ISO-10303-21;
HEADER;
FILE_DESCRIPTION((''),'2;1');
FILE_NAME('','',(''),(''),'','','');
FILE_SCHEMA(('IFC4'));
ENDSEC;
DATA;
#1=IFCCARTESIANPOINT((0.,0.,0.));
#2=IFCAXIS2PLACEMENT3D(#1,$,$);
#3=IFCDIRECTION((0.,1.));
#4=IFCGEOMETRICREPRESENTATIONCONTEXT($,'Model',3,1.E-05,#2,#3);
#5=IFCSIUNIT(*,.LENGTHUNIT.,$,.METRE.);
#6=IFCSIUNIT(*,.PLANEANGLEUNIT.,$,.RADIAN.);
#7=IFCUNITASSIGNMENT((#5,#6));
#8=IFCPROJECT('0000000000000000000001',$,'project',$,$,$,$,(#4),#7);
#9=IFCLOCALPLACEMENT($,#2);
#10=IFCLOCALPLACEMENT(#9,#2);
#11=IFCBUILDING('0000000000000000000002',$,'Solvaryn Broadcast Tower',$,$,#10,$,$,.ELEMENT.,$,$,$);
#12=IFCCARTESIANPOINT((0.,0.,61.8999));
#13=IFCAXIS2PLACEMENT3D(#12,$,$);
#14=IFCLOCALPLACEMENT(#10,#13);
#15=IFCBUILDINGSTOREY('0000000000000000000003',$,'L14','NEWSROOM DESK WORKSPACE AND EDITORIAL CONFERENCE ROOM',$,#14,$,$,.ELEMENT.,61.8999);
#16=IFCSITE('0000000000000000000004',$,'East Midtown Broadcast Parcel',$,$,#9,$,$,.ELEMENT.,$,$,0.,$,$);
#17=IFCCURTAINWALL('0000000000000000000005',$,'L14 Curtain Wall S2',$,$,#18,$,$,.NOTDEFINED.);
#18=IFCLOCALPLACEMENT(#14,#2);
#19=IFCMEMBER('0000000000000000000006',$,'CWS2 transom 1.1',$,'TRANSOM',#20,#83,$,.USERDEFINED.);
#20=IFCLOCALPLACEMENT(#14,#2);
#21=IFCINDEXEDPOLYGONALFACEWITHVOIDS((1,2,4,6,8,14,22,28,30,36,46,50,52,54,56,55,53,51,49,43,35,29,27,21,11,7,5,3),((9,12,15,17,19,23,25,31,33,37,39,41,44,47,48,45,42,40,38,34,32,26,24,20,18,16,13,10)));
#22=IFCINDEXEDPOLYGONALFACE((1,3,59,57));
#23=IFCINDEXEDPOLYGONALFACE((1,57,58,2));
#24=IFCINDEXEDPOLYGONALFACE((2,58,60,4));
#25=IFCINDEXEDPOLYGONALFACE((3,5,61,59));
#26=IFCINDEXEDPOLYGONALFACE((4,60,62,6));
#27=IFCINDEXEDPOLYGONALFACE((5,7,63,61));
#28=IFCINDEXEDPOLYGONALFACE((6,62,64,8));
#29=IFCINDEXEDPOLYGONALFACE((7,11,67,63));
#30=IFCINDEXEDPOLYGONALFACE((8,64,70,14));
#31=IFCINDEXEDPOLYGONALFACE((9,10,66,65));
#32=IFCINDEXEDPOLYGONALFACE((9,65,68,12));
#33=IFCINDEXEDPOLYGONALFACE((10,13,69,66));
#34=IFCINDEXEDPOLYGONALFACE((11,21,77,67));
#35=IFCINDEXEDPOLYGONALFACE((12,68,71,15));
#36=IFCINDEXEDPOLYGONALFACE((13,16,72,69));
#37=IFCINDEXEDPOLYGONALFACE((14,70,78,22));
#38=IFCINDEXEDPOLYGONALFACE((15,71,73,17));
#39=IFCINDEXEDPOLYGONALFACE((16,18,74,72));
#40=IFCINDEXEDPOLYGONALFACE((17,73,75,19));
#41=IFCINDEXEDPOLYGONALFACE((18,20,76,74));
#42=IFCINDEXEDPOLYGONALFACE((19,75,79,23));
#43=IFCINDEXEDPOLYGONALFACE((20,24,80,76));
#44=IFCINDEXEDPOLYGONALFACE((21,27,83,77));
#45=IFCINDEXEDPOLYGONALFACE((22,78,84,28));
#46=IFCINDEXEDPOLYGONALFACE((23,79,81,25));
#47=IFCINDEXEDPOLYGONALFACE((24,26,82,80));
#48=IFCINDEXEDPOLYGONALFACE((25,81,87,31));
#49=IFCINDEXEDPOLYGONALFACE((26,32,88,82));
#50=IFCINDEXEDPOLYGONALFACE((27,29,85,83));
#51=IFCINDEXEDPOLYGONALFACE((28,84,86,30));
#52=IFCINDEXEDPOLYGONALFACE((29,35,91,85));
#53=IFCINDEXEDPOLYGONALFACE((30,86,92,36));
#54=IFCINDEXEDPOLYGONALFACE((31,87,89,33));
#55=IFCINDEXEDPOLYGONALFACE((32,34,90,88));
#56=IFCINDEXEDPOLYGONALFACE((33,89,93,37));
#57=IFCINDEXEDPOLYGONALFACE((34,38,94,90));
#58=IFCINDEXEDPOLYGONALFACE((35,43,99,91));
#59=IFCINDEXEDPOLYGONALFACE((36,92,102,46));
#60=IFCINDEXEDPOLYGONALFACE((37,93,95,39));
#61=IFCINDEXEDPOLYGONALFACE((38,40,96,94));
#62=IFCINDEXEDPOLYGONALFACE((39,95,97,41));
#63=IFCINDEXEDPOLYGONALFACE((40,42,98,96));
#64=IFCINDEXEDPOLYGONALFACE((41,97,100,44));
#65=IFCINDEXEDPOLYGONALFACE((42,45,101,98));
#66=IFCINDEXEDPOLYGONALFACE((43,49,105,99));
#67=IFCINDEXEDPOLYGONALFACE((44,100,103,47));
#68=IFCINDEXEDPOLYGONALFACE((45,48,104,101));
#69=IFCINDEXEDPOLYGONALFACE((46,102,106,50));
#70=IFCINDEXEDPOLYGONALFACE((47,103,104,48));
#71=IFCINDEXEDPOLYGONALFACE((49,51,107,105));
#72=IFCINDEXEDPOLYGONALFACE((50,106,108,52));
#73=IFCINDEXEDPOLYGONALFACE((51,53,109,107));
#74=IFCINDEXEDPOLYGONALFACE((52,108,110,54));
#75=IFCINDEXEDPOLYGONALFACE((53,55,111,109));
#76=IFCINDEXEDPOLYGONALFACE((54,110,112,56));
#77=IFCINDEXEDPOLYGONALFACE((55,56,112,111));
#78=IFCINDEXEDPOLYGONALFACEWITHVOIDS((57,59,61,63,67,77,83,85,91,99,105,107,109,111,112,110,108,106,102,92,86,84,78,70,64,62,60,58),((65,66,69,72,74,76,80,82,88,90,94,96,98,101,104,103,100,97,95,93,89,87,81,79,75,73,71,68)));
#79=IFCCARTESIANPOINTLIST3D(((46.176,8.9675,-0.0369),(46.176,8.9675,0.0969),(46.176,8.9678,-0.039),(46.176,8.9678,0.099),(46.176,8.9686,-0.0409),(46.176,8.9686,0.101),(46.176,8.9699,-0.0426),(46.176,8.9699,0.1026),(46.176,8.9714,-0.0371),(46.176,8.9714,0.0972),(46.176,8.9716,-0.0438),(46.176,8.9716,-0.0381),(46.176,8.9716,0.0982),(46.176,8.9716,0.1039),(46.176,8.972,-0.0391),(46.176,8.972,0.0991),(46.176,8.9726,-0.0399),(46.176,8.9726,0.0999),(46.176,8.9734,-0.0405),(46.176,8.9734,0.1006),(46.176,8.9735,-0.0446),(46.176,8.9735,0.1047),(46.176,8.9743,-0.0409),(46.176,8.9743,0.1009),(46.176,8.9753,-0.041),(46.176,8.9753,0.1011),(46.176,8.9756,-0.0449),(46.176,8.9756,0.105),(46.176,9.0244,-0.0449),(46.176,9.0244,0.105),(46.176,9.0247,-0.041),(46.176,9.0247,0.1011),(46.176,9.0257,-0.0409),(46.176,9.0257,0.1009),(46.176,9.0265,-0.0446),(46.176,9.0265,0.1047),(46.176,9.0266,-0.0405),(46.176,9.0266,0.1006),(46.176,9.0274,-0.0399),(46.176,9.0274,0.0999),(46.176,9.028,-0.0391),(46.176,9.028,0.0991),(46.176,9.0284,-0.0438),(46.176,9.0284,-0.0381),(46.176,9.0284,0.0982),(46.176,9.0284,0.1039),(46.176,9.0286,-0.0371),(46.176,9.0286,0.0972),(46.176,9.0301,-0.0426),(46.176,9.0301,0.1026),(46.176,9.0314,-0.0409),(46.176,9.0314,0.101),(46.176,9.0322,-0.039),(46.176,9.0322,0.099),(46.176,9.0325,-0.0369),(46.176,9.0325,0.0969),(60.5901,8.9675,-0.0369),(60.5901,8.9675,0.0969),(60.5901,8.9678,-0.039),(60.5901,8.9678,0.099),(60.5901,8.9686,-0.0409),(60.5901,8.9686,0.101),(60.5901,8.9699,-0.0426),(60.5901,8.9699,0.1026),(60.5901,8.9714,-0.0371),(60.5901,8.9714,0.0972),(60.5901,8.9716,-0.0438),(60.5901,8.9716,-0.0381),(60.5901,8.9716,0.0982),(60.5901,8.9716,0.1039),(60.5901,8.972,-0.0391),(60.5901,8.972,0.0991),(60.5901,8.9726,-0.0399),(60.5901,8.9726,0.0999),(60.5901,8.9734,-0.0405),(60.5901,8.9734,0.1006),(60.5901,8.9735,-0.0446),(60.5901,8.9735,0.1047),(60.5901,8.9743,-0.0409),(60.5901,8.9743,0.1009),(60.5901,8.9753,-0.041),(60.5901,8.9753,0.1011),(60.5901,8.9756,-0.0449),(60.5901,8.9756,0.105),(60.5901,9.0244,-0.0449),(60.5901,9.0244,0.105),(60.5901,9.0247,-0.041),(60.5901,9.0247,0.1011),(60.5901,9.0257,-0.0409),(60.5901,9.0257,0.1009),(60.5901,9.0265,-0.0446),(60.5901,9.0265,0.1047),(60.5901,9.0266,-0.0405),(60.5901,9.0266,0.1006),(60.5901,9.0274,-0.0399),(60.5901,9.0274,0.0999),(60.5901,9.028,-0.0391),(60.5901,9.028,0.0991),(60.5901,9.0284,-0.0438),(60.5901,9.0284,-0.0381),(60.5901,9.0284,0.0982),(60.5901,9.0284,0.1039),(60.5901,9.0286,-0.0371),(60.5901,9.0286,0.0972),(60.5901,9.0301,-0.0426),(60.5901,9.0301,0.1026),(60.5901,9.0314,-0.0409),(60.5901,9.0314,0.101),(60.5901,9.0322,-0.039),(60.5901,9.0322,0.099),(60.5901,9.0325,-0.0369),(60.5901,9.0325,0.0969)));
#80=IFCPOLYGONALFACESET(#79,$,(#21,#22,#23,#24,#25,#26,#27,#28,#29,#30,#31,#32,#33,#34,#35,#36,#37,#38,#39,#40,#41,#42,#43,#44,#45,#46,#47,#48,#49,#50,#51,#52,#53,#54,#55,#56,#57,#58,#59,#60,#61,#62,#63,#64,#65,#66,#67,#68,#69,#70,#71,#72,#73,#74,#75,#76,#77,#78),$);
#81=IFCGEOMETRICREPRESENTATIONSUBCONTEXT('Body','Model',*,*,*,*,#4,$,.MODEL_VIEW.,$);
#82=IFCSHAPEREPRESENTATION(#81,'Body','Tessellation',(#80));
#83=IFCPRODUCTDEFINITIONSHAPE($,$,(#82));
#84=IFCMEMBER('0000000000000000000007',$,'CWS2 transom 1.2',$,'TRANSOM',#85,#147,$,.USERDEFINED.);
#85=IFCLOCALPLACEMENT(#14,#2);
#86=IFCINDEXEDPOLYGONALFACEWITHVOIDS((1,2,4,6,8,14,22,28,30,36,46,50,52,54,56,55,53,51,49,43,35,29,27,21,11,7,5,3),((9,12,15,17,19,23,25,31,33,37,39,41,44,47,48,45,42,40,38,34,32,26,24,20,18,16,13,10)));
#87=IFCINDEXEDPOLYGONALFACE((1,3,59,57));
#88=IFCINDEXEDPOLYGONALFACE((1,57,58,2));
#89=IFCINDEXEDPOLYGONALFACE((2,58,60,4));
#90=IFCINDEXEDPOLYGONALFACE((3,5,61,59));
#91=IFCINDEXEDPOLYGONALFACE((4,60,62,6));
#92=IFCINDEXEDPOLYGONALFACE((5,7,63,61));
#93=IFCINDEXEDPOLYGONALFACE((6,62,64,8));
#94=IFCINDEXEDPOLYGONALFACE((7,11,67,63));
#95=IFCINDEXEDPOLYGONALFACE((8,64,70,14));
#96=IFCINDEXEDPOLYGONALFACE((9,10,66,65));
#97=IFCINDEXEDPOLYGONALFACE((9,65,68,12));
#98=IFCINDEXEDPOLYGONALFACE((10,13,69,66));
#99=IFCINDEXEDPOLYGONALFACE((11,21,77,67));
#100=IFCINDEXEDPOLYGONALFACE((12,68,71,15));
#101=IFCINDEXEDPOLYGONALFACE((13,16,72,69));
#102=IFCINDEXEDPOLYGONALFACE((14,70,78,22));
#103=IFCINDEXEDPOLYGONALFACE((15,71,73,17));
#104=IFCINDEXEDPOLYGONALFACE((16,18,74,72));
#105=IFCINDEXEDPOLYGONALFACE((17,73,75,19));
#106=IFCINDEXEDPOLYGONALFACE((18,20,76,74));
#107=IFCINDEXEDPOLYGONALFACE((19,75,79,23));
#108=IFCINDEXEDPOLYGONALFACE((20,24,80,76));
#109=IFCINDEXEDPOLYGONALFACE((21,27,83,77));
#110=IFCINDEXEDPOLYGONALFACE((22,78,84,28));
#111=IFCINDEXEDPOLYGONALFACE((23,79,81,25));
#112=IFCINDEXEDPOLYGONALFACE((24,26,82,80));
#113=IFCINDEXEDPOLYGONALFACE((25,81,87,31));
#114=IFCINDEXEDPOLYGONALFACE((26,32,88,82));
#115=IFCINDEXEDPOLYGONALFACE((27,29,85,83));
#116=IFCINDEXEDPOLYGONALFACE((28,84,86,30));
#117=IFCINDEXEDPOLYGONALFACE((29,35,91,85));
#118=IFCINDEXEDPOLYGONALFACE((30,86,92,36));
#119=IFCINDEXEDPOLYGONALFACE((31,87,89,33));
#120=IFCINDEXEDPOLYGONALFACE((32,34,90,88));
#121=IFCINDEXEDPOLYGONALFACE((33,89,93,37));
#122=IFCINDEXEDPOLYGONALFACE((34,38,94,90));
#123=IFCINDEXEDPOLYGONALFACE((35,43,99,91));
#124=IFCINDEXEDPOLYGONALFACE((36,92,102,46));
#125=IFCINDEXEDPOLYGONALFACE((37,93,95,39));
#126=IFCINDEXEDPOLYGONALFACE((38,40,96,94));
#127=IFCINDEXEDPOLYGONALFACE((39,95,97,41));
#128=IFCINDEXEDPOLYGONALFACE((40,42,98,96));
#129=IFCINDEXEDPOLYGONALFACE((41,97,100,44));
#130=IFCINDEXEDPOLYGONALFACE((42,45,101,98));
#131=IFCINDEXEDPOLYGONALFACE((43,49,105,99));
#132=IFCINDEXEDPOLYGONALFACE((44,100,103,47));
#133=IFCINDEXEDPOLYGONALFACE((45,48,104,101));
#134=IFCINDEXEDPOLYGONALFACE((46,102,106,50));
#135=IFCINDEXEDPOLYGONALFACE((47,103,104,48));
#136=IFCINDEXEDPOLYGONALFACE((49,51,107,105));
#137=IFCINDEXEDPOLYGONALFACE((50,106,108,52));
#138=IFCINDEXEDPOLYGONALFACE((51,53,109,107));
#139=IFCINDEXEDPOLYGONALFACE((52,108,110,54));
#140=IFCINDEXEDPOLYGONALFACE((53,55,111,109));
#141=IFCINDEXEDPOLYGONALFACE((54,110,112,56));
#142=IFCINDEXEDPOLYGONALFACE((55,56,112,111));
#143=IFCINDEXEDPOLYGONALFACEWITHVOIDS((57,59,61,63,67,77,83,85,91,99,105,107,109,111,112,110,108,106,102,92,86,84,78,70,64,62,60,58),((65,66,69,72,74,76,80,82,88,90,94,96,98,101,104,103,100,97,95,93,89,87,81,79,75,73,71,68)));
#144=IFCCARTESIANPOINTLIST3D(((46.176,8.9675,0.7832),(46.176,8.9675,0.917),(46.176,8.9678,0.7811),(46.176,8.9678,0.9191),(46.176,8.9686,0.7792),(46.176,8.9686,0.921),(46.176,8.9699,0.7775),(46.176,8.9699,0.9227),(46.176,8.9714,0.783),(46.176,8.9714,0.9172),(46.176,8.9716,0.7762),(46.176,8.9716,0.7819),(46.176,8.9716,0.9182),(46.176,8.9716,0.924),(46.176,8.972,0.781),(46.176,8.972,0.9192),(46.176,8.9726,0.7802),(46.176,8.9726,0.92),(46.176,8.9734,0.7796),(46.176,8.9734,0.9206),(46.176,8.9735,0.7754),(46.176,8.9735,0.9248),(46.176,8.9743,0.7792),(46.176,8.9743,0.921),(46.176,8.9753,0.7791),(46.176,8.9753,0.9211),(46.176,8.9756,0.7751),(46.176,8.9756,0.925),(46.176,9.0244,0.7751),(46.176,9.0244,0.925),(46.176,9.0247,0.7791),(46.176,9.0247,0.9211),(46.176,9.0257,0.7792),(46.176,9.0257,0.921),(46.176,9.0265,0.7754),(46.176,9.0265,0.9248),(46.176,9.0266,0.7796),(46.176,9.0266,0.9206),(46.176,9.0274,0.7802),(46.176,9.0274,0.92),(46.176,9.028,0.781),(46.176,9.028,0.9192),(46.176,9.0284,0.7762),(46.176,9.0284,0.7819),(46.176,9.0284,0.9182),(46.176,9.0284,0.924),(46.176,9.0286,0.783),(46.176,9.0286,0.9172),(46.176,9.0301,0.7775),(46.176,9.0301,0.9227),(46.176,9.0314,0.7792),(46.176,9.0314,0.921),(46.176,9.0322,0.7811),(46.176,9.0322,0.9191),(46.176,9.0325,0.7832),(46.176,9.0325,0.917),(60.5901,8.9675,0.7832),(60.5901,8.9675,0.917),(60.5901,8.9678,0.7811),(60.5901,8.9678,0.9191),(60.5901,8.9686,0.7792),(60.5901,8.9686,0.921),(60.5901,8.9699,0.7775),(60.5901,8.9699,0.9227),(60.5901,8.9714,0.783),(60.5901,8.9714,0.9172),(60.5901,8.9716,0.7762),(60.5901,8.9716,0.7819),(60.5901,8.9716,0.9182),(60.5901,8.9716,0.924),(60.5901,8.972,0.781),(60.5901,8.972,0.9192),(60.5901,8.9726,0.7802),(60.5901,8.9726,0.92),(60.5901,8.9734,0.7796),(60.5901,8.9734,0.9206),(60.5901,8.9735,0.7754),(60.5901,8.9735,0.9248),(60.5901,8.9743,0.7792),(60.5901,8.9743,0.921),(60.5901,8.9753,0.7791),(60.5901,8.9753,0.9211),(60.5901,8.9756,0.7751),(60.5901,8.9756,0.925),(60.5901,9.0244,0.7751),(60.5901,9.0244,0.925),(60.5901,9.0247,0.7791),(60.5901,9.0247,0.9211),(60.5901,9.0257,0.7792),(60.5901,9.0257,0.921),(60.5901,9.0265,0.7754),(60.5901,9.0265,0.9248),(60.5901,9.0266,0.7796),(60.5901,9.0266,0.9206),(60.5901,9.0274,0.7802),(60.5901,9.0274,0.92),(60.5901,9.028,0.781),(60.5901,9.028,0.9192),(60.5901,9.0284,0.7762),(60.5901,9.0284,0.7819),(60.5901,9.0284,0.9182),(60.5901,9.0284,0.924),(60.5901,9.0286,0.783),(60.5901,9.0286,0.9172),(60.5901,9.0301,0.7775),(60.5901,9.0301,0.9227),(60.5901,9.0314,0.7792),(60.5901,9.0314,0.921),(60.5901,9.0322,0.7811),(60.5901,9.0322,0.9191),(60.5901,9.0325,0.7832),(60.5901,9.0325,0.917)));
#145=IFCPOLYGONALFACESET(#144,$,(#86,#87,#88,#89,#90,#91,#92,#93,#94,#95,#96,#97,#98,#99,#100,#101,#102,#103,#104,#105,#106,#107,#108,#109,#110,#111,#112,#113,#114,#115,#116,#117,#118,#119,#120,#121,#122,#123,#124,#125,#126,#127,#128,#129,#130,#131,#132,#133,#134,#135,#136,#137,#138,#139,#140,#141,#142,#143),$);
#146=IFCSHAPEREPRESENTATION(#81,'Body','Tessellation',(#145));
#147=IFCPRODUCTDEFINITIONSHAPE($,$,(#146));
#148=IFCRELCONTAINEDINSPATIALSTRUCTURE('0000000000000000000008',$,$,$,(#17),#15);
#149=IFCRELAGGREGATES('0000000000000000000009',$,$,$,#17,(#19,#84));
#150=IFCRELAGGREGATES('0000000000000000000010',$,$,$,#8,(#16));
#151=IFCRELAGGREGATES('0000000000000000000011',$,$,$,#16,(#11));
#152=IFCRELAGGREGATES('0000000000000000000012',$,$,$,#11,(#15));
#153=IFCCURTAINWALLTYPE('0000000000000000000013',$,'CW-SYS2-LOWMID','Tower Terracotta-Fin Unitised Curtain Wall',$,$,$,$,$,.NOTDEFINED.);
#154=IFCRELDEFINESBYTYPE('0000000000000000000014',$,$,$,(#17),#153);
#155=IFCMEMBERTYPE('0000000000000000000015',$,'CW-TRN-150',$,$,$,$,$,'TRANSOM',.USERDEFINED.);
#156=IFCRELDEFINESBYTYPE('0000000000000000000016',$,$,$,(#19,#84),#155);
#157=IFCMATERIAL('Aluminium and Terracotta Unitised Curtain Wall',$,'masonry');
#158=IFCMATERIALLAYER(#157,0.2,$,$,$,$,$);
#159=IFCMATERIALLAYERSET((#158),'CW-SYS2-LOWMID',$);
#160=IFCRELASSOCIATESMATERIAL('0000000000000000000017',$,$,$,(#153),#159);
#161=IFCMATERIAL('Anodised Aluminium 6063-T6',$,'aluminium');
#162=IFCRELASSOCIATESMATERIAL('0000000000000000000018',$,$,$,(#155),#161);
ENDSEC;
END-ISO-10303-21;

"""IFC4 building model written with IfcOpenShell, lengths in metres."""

from ifc_helpers import new_model, si_unit, direction, frame, origin, origin_2d, place, context, subcontext, project, spatial, hollow_rectangle, extrude, material, layer, layer_set, material_profile, profile_set, type_object, element, aggregate, save


model = new_model("IFC4")

# Units and contexts
model_context = context("Model", 3, precision=1e-05, world=origin(), true_north=direction((0.0, 1.0)))
body_context = subcontext(model_context, "Body", "Model", "MODEL_VIEW")
ifc_project = project(units=[si_unit("LENGTHUNIT", "METRE"), si_unit("PLANEANGLEUNIT", "RADIAN")], contexts=[model_context])

# Site, building, storey
site_placement = place(None, origin())
site = spatial("IfcSite", under=ifc_project, at=site_placement, Name="East Midtown Broadcast Parcel", CompositionType="ELEMENT", RefElevation=0.0)
building_placement = place(site_placement, origin())
building = spatial("IfcBuilding", under=site, at=building_placement, Name="Solvaryn Broadcast Tower", CompositionType="ELEMENT")
storey_placement = place(building_placement, frame((0.0, 0.0, 61.8999)))
storey = spatial("IfcBuildingStorey", under=building, at=storey_placement, Name="L14", Description="NEWSROOM DESK WORKSPACE AND EDITORIAL CONFERENCE ROOM", CompositionType="ELEMENT", Elevation=61.8999)

# Shared definitions
ifc_material_1 = material(Name="Aluminium and Terracotta Unitised Curtain Wall", Category="masonry")
ifc_layer_1 = layer(ifc_material_1, 0.2)
ifc_layer_set_1 = layer_set([ifc_layer_1], Name="CW-SYS2-LOWMID")
curtain_wall_type = type_object("IfcCurtainWallType", Name="CW-SYS2-LOWMID", Description="Tower Terracotta-Fin Unitised Curtain Wall", PredefinedType="NOTDEFINED", material=ifc_layer_set_1)

# Curtain wall, members
curtain_wall_1_placement = place(storey_placement, origin())
curtain_wall_1 = element("IfcCurtainWall", 1, at=curtain_wall_1_placement, inside=storey, type_object=curtain_wall_type, Name="L14 Curtain Wall S2", PredefinedType="NOTDEFINED")
ifc_material_2 = material(Name="Anodised Aluminium 6063-T6", Category="aluminium")
ifc_material_profile_1 = material_profile(ifc_material_2, hollow_rectangle(XDim=0.0649, YDim=0.1499, WallThickness=0.0039, InnerFilletRadius=0.0039, OuterFilletRadius=0.0081, at=origin_2d()))
ifc_profile_set_1 = profile_set([ifc_material_profile_1], Name="Anodised Aluminium 6063-T6")
member_type_1 = type_object("IfcMemberType", Name="CW-TRN-150", ElementType="TRANSOM", PredefinedType="USERDEFINED", material=ifc_profile_set_1)
member_1_placement = place(storey_placement, frame((46.176, 9.0, 0.03), z_axis=(1.0, 0.0, 0.0), x_axis=(0.0, 1.0, 0.0)))
member_1 = element("IfcMember", 2, at=member_1_placement, type_object=member_type_1, Name="CWS2 transom 1.1", ObjectType="TRANSOM", PredefinedType="USERDEFINED", context=body_context, shape_type="SweptSolid", body=[
    extrude(hollow_rectangle(XDim=0.0649, YDim=0.1499, WallThickness=0.0039, InnerFilletRadius=0.0039, OuterFilletRadius=0.0081, at=origin_2d()), origin(), (0.0, 0.0, 1.0), 14.4141),
])
member_2_placement = place(storey_placement, frame((46.176, 9.0, 0.8501), z_axis=(1.0, 0.0, 0.0), x_axis=(0.0, 1.0, 0.0)))
member_2 = element("IfcMember", 3, at=member_2_placement, type_object=member_type_1, Name="CWS2 transom 1.2", ObjectType="TRANSOM", PredefinedType="USERDEFINED", context=body_context, shape_type="SweptSolid", body=[
    extrude(hollow_rectangle(XDim=0.0649, YDim=0.1499, WallThickness=0.0039, InnerFilletRadius=0.0039, OuterFilletRadius=0.0081, at=origin_2d()), origin(), (0.0, 0.0, 1.0), 14.4141),
])
aggregate(curtain_wall_1, [member_1, member_2])

save(model, "model.ifc")
